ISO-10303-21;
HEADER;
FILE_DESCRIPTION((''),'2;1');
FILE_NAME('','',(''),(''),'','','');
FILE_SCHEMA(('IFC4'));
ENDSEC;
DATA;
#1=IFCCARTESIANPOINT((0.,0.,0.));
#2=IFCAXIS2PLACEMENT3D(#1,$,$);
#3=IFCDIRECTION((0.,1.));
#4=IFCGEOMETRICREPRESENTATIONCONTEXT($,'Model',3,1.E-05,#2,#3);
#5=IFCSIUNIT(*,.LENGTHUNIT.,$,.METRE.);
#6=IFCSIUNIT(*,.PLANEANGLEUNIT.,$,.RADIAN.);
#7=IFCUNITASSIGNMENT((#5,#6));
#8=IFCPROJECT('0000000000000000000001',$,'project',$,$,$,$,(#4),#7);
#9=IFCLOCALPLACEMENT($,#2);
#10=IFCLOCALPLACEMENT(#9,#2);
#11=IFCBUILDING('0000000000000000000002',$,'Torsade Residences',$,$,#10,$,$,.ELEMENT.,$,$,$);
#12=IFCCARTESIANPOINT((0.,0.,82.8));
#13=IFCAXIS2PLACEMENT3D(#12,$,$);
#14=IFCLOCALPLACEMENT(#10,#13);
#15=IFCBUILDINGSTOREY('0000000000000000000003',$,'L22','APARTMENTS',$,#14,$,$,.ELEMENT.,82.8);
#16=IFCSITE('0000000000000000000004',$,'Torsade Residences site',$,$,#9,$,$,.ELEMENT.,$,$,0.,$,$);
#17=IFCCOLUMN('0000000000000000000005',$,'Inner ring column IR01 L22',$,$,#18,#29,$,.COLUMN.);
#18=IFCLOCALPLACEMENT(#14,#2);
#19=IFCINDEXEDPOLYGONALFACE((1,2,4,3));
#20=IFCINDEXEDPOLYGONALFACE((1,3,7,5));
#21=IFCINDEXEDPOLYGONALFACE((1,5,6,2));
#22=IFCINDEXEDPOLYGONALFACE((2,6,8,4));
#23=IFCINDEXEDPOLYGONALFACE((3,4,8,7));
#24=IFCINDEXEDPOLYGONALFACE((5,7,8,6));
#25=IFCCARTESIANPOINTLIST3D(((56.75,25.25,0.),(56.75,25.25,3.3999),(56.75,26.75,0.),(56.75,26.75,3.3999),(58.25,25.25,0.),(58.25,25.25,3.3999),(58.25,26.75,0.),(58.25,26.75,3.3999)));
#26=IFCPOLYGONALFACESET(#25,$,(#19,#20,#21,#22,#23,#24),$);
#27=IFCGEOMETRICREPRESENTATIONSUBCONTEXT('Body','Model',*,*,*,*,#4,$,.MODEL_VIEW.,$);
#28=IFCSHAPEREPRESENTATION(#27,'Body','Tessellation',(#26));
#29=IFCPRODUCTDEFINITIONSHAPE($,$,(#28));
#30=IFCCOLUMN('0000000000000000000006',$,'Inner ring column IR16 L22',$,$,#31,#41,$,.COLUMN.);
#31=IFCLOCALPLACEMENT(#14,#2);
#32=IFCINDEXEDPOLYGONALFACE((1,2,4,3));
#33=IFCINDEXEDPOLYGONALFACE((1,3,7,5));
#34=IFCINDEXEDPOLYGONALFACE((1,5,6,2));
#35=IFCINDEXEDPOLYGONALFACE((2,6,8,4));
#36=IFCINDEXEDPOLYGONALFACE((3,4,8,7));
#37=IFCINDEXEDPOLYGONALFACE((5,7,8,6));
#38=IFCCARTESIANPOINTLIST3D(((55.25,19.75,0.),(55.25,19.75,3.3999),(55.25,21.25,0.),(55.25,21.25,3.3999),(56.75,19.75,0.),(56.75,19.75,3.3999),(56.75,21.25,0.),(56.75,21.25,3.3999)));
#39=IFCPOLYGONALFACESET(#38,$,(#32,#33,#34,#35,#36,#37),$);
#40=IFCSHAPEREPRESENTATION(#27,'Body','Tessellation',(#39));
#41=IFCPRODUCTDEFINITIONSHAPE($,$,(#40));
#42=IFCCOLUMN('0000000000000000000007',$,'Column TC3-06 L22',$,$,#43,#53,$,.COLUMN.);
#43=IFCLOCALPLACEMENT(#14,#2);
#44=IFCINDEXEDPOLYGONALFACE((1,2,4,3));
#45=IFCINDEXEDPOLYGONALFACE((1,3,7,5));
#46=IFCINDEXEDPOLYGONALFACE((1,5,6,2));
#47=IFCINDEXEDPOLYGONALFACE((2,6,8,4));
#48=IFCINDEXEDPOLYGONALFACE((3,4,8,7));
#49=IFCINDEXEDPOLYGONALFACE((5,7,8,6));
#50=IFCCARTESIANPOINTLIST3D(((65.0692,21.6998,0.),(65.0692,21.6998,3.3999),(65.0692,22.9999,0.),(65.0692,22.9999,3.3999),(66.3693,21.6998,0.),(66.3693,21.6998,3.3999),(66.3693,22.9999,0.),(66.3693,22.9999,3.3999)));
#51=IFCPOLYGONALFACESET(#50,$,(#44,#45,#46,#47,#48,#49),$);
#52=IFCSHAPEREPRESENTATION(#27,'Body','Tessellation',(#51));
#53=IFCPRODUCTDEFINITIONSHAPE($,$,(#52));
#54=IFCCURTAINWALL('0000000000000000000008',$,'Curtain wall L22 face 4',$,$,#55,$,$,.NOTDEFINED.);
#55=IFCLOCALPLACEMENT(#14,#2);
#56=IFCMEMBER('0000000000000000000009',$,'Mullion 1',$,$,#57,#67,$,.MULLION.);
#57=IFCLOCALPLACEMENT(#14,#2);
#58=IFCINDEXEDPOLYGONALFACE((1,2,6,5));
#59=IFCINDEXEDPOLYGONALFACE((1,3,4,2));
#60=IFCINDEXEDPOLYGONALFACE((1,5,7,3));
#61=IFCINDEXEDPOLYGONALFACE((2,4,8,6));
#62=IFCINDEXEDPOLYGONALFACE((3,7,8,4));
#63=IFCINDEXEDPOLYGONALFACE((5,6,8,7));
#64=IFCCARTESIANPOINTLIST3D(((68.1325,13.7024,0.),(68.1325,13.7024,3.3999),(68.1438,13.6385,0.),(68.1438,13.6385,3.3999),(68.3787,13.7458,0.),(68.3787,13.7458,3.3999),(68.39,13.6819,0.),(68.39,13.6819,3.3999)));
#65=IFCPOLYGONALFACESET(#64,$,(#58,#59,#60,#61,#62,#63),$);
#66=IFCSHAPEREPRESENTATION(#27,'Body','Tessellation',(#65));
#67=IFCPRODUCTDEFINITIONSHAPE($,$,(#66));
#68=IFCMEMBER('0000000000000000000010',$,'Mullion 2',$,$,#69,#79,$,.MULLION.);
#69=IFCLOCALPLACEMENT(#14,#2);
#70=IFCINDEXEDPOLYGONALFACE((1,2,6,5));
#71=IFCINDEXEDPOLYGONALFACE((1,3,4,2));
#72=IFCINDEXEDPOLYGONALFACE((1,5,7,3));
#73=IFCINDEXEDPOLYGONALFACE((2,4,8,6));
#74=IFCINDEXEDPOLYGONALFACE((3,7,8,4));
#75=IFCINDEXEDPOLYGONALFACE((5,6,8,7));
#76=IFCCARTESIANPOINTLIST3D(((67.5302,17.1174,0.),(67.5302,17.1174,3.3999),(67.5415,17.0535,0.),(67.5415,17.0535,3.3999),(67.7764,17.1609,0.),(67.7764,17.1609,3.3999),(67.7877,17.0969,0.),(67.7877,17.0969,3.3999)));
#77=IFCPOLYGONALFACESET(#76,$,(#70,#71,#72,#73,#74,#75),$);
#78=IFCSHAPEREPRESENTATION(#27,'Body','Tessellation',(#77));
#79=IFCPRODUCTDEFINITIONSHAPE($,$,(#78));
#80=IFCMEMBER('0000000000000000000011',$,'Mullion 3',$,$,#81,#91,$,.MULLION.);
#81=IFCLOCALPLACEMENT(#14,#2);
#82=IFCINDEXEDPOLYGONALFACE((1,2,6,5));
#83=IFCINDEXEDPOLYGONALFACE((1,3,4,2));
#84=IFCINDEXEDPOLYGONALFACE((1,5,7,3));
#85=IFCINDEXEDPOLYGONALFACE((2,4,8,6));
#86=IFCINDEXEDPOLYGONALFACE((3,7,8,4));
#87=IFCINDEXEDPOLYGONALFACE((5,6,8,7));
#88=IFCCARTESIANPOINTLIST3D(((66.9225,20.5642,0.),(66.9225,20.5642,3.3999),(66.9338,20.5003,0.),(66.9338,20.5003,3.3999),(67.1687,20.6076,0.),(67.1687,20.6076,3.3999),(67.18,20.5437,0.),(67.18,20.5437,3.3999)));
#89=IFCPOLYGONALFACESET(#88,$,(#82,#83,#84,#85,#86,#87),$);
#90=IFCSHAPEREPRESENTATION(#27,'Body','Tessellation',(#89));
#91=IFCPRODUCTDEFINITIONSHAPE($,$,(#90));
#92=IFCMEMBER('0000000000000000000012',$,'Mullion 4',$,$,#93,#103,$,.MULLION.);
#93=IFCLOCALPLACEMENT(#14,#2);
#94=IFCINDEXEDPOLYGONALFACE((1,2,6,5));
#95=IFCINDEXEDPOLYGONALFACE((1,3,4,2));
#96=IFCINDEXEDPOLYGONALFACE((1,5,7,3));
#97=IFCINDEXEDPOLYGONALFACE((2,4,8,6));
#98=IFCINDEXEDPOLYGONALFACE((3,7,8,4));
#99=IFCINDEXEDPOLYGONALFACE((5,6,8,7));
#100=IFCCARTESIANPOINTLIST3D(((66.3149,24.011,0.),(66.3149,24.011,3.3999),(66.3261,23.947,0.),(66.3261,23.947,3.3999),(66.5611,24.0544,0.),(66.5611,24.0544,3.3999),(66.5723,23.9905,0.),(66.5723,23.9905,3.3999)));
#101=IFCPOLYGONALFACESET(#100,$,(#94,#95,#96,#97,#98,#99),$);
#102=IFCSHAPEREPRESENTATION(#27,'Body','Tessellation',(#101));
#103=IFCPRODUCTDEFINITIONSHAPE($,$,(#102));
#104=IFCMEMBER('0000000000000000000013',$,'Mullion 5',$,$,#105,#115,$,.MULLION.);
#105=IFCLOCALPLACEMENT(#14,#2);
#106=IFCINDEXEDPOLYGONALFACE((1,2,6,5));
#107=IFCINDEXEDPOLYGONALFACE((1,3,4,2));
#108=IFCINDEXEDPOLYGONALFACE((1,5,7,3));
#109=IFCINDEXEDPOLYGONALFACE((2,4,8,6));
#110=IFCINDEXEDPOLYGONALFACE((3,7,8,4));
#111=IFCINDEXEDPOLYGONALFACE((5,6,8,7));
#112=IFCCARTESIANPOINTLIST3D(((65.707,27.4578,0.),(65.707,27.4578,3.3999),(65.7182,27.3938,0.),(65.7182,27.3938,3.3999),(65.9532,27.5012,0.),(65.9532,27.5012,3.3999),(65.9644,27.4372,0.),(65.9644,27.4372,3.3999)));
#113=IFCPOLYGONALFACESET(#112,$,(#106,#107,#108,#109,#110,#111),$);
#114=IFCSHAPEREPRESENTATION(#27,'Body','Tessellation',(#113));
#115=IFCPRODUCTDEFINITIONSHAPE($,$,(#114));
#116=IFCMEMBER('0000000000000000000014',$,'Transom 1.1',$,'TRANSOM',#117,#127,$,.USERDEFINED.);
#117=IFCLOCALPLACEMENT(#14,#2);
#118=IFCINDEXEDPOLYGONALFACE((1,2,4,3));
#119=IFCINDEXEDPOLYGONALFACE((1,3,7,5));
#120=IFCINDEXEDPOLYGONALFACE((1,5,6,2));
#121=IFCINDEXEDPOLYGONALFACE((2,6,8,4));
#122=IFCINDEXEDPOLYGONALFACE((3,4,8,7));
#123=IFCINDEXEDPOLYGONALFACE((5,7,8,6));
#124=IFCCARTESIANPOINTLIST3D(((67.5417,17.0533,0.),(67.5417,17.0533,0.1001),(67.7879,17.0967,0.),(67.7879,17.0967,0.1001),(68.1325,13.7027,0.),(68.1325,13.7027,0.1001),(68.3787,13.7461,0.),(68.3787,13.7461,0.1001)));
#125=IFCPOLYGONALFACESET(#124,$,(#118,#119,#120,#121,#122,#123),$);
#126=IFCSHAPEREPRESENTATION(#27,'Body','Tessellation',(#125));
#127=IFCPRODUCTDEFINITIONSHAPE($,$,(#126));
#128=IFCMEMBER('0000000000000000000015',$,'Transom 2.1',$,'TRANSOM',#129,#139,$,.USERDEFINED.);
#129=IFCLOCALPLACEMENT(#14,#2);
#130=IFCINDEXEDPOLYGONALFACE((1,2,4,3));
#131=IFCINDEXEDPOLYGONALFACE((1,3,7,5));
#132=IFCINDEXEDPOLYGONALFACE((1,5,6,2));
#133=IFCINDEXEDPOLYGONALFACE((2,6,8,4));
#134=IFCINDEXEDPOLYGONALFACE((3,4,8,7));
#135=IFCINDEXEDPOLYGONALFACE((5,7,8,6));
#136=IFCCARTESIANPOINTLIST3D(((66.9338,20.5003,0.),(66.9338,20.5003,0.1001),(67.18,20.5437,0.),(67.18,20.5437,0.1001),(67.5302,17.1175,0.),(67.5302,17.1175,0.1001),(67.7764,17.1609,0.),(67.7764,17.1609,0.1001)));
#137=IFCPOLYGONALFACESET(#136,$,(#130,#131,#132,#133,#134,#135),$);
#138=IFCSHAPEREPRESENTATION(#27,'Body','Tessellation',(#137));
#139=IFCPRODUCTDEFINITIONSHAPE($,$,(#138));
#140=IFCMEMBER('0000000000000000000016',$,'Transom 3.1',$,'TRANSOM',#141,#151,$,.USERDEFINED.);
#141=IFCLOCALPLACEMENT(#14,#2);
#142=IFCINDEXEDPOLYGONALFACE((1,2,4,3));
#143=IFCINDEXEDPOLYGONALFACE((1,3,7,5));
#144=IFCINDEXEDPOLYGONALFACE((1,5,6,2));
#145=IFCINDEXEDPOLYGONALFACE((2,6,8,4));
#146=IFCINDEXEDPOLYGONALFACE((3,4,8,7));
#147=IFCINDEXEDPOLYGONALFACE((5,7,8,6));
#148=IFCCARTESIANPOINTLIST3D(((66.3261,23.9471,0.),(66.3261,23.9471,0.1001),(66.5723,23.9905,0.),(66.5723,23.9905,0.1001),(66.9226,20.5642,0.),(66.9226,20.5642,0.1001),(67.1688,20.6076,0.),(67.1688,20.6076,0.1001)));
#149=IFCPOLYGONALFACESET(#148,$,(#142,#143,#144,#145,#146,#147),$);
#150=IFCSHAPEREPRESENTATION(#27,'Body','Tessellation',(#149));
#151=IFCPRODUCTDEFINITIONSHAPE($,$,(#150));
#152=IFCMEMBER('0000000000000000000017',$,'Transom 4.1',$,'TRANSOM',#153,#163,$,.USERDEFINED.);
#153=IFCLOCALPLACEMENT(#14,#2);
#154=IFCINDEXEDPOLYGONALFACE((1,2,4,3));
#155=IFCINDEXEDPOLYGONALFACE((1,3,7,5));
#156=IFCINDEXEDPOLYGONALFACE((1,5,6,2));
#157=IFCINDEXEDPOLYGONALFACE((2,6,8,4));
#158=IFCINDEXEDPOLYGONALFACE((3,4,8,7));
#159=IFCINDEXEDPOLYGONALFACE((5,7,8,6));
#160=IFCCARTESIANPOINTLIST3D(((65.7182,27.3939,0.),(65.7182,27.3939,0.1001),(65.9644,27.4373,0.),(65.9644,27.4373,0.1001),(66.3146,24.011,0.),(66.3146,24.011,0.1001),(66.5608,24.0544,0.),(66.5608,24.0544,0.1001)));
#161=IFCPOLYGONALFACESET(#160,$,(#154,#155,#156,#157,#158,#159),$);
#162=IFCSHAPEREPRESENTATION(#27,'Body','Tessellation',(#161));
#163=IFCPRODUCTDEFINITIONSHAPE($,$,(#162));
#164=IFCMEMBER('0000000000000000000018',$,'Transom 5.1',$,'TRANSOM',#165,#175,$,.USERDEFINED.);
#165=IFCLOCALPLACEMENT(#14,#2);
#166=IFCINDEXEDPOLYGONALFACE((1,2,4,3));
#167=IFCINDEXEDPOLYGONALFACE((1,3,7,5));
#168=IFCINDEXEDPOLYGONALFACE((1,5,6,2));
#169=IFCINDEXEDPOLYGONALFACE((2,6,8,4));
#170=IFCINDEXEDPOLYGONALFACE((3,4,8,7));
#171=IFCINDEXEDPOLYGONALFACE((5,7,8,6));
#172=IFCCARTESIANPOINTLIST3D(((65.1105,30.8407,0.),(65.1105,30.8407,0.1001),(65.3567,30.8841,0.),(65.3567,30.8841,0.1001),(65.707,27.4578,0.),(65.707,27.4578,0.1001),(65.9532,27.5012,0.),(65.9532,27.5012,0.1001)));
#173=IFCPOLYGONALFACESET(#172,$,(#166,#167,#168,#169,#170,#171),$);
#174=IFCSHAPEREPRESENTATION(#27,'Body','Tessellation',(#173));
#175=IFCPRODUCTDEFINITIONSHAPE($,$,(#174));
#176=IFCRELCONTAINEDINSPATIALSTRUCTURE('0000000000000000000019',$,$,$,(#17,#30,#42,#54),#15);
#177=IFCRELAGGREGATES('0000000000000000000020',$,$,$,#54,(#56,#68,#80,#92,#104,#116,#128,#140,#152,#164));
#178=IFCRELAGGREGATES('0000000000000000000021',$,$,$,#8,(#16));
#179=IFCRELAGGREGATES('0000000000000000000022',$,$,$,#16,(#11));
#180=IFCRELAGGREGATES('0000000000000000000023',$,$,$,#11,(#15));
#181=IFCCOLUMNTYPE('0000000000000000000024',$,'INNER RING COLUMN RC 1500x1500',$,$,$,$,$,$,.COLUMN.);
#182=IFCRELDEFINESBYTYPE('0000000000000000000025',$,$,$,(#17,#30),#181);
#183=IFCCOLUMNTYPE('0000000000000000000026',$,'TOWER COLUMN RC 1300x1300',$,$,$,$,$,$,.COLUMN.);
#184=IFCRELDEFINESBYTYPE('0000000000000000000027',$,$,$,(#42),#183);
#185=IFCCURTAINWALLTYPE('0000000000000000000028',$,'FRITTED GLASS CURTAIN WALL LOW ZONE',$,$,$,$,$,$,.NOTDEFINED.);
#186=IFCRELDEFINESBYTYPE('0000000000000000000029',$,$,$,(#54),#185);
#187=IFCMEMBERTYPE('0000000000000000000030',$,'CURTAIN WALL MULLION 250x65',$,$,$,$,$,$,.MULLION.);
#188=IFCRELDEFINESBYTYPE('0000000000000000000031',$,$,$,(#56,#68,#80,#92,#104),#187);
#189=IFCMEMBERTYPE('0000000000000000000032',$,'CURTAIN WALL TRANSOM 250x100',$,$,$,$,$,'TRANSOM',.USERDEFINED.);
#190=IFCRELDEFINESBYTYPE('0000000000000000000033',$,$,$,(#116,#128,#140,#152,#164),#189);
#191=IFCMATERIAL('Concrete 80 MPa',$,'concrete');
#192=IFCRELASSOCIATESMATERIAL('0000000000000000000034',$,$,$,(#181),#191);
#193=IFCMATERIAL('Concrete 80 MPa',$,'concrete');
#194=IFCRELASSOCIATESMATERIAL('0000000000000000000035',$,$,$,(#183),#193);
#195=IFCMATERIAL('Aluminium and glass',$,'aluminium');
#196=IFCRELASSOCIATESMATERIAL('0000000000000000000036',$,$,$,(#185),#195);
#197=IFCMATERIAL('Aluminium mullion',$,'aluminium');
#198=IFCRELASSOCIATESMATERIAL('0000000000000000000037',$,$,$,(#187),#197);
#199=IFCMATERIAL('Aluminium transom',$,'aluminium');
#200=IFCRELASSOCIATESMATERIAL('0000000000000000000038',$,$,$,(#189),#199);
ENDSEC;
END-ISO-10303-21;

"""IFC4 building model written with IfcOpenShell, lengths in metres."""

from ifc_helpers import new_model, si_unit, direction, frame, origin, origin_2d, place, context, subcontext, project, spatial, rectangle, extrude, material, material_profile, profile_set, type_object, element, aggregate, save


model = new_model("IFC4")

# Units and contexts
model_context = context("Model", 3, precision=1e-05, world=origin(), true_north=direction((0.0, 1.0)))
body_context = subcontext(model_context, "Body", "Model", "MODEL_VIEW")
ifc_project = project(units=[si_unit("LENGTHUNIT", "METRE"), si_unit("PLANEANGLEUNIT", "RADIAN")], contexts=[model_context])

# Site, building, storey
site_placement = place(None, origin())
site = spatial("IfcSite", under=ifc_project, at=site_placement, Name="Torsade Residences site", CompositionType="ELEMENT", RefElevation=0.0)
building_placement = place(site_placement, origin())
building = spatial("IfcBuilding", under=site, at=building_placement, Name="Torsade Residences", CompositionType="ELEMENT")
storey_placement = place(building_placement, frame((0.0, 0.0, 82.8)))
storey = spatial("IfcBuildingStorey", under=building, at=storey_placement, Name="L22", Description="APARTMENTS", CompositionType="ELEMENT", Elevation=82.8)

# Columns
ifc_material_1 = material(Name="Concrete 80 MPa", Category="concrete")
ifc_material_profile_1 = material_profile(ifc_material_1, rectangle(XDim=1.5, YDim=1.5, at=origin_2d()), Name="RC 1500x1500")
ifc_profile_set_1 = profile_set([ifc_material_profile_1], Name="Concrete 80 MPa")
column_type_1 = type_object("IfcColumnType", Name="INNER RING COLUMN RC 1500x1500", PredefinedType="COLUMN", material=ifc_profile_set_1)
for number, where, z_axis, x_axis, name in (
    (1, (57.5, 26.0, 0.0), (0.0, 0.0, 1.0), (1.0, 0.0, 0.0), "Inner ring column IR01 L22"),
    (2, (56.0, 20.5, 0.0), (0.0, 0.0, 1.0), (1.0, 0.0, 0.0), "Inner ring column IR16 L22"),
):
    element("IfcColumn", number, at=place(storey_placement, frame(where, z_axis=z_axis, x_axis=x_axis)), inside=storey, type_object=column_type_1, Name=name, PredefinedType="COLUMN", context=body_context, shape_type="SweptSolid", body=[
        extrude(rectangle(XDim=1.5, YDim=1.5, at=origin_2d()), origin(), (0.0, 0.0, 1.0), 3.3999),
    ])
ifc_material_2 = material(Name="Concrete 80 MPa", Category="concrete")
ifc_material_profile_2 = material_profile(ifc_material_2, rectangle(XDim=1.3, YDim=1.3, at=origin_2d()), Name="RC 1300x1300")
ifc_profile_set_2 = profile_set([ifc_material_profile_2], Name="Concrete 80 MPa")
column_type_2 = type_object("IfcColumnType", Name="TOWER COLUMN RC 1300x1300", PredefinedType="COLUMN", material=ifc_profile_set_2)
column_placement = place(storey_placement, frame((65.7192, 22.3499, 0.0), z_axis=(0.0, 0.0, 1.0), x_axis=(1.0, 0.0, 0.0)))
element("IfcColumn", 3, at=column_placement, inside=storey, type_object=column_type_2, Name="Column TC3-06 L22", PredefinedType="COLUMN", context=body_context, shape_type="SweptSolid", body=[
    extrude(rectangle(XDim=1.3, YDim=1.3, at=origin_2d()), origin(), (0.0, 0.0, 1.0), 3.3999),
])

# Curtain wall, members
ifc_material_3 = material(Name="Aluminium and glass", Category="aluminium")
curtain_wall_type = type_object("IfcCurtainWallType", Name="FRITTED GLASS CURTAIN WALL LOW ZONE", PredefinedType="NOTDEFINED", material=ifc_material_3)
curtain_wall_placement = place(storey_placement, origin())
curtain_wall = element("IfcCurtainWall", 4, at=curtain_wall_placement, inside=storey, type_object=curtain_wall_type, Name="Curtain wall L22 face 4", PredefinedType="NOTDEFINED")
ifc_material_4 = material(Name="Aluminium mullion", Category="aluminium")
ifc_material_profile_3 = material_profile(ifc_material_4, rectangle(XDim=0.25, YDim=0.0649, at=origin_2d()), Name="CURTAIN WALL MULLION 250x65")
ifc_profile_set_3 = profile_set([ifc_material_profile_3], Name="Aluminium mullion")
member_type_1 = type_object("IfcMemberType", Name="CURTAIN WALL MULLION 250x65", PredefinedType="MULLION", material=ifc_profile_set_3)
member_1_placement = place(storey_placement, frame((68.2612, 13.6921, 0.0), z_axis=(0.0, 0.0, 1.0), x_axis=(-0.984808, -0.173648, 0.0)))
member_1 = element("IfcMember", 5, at=member_1_placement, type_object=member_type_1, Name="Mullion 1", PredefinedType="MULLION", context=body_context, shape_type="SweptSolid", body=[
    extrude(rectangle(XDim=0.25, YDim=0.0649, at=origin_2d()), origin(), (0.0, 0.0, 1.0), 3.3999),
])
member_2_placement = place(storey_placement, frame((67.6589, 17.1072, 0.0), z_axis=(0.0, 0.0, 1.0), x_axis=(-0.984808, -0.173648, 0.0)))
member_2 = element("IfcMember", 6, at=member_2_placement, type_object=member_type_1, Name="Mullion 2", PredefinedType="MULLION", context=body_context, shape_type="SweptSolid", body=[
    extrude(rectangle(XDim=0.25, YDim=0.0649, at=origin_2d()), origin(), (0.0, 0.0, 1.0), 3.3999),
])
member_3_placement = place(storey_placement, frame((67.0513, 20.554, 0.0), z_axis=(0.0, 0.0, 1.0), x_axis=(-0.984808, -0.173648, 0.0)))
member_3 = element("IfcMember", 7, at=member_3_placement, type_object=member_type_1, Name="Mullion 3", PredefinedType="MULLION", context=body_context, shape_type="SweptSolid", body=[
    extrude(rectangle(XDim=0.25, YDim=0.0649, at=origin_2d()), origin(), (0.0, 0.0, 1.0), 3.3999),
])
member_4_placement = place(storey_placement, frame((66.4436, 24.0007, 0.0), z_axis=(0.0, 0.0, 1.0), x_axis=(-0.984808, -0.173648, 0.0)))
member_4 = element("IfcMember", 8, at=member_4_placement, type_object=member_type_1, Name="Mullion 4", PredefinedType="MULLION", context=body_context, shape_type="SweptSolid", body=[
    extrude(rectangle(XDim=0.25, YDim=0.0649, at=origin_2d()), origin(), (0.0, 0.0, 1.0), 3.3999),
])
member_5_placement = place(storey_placement, frame((65.8357, 27.4475, 0.0), z_axis=(0.0, 0.0, 1.0), x_axis=(-0.984808, -0.173648, 0.0)))
member_5 = element("IfcMember", 9, at=member_5_placement, type_object=member_type_1, Name="Mullion 5", PredefinedType="MULLION", context=body_context, shape_type="SweptSolid", body=[
    extrude(rectangle(XDim=0.25, YDim=0.0649, at=origin_2d()), origin(), (0.0, 0.0, 1.0), 3.3999),
])
ifc_material_5 = material(Name="Aluminium transom", Category="aluminium")
ifc_material_profile_4 = material_profile(ifc_material_5, rectangle(XDim=0.25, YDim=0.1001, at=origin_2d()), Name="CURTAIN WALL TRANSOM 250x100")
ifc_profile_set_4 = profile_set([ifc_material_profile_4], Name="Aluminium transom")
member_type_2 = type_object("IfcMemberType", Name="CURTAIN WALL TRANSOM 250x100", ElementType="TRANSOM", PredefinedType="USERDEFINED", material=ifc_profile_set_4)
member_6_placement = place(storey_placement, frame((68.2556, 13.7244, 0.05), z_axis=(-0.173654, 0.984807, 0.0), x_axis=(-0.984807, -0.173654, 0.0)))
member_6 = element("IfcMember", 10, at=member_6_placement, type_object=member_type_2, Name="Transom 1.1", ObjectType="TRANSOM", PredefinedType="USERDEFINED", context=body_context, shape_type="SweptSolid", body=[
    extrude(rectangle(XDim=0.25, YDim=0.1001, at=origin_2d()), origin(), (0.0, 0.0, 1.0), 3.4023),
])
member_7_placement = place(storey_placement, frame((67.6533, 17.1392, 0.05), z_axis=(-0.173635, 0.98481, 0.0), x_axis=(-0.98481, -0.173635, 0.0)))
member_7 = element("IfcMember", 11, at=member_7_placement, type_object=member_type_2, Name="Transom 2.1", ObjectType="TRANSOM", PredefinedType="USERDEFINED", context=body_context, shape_type="SweptSolid", body=[
    extrude(rectangle(XDim=0.25, YDim=0.1001, at=origin_2d()), origin(), (0.0, 0.0, 1.0), 3.4351),
])
member_8_placement = place(storey_placement, frame((67.0457, 20.5859, 0.05), z_axis=(-0.173635, 0.98481, 0.0), x_axis=(-0.98481, -0.173635, 0.0)))
member_8 = element("IfcMember", 12, at=member_8_placement, type_object=member_type_2, Name="Transom 3.1", ObjectType="TRANSOM", PredefinedType="USERDEFINED", context=body_context, shape_type="SweptSolid", body=[
    extrude(rectangle(XDim=0.25, YDim=0.1001, at=origin_2d()), origin(), (0.0, 0.0, 1.0), 3.4351),
])
member_9_placement = place(storey_placement, frame((66.4377, 24.0327, 0.05), z_axis=(-0.173635, 0.98481, 0.0), x_axis=(-0.98481, -0.173635, 0.0)))
member_9 = element("IfcMember", 13, at=member_9_placement, type_object=member_type_2, Name="Transom 4.1", ObjectType="TRANSOM", PredefinedType="USERDEFINED", context=body_context, shape_type="SweptSolid", body=[
    extrude(rectangle(XDim=0.25, YDim=0.1001, at=origin_2d()), origin(), (0.0, 0.0, 1.0), 3.4351),
])
member_10_placement = place(storey_placement, frame((65.8301, 27.4795, 0.05), z_axis=(-0.173635, 0.98481, 0.0), x_axis=(-0.98481, -0.173635, 0.0)))
member_10 = element("IfcMember", 14, at=member_10_placement, type_object=member_type_2, Name="Transom 5.1", ObjectType="TRANSOM", PredefinedType="USERDEFINED", context=body_context, shape_type="SweptSolid", body=[
    extrude(rectangle(XDim=0.25, YDim=0.1001, at=origin_2d()), origin(), (0.0, 0.0, 1.0), 3.4351),
])

aggregate(curtain_wall, [member_1, member_2, member_3, member_4, member_5, member_6, member_7, member_8, member_9, member_10])

save(model, "model.ifc")
